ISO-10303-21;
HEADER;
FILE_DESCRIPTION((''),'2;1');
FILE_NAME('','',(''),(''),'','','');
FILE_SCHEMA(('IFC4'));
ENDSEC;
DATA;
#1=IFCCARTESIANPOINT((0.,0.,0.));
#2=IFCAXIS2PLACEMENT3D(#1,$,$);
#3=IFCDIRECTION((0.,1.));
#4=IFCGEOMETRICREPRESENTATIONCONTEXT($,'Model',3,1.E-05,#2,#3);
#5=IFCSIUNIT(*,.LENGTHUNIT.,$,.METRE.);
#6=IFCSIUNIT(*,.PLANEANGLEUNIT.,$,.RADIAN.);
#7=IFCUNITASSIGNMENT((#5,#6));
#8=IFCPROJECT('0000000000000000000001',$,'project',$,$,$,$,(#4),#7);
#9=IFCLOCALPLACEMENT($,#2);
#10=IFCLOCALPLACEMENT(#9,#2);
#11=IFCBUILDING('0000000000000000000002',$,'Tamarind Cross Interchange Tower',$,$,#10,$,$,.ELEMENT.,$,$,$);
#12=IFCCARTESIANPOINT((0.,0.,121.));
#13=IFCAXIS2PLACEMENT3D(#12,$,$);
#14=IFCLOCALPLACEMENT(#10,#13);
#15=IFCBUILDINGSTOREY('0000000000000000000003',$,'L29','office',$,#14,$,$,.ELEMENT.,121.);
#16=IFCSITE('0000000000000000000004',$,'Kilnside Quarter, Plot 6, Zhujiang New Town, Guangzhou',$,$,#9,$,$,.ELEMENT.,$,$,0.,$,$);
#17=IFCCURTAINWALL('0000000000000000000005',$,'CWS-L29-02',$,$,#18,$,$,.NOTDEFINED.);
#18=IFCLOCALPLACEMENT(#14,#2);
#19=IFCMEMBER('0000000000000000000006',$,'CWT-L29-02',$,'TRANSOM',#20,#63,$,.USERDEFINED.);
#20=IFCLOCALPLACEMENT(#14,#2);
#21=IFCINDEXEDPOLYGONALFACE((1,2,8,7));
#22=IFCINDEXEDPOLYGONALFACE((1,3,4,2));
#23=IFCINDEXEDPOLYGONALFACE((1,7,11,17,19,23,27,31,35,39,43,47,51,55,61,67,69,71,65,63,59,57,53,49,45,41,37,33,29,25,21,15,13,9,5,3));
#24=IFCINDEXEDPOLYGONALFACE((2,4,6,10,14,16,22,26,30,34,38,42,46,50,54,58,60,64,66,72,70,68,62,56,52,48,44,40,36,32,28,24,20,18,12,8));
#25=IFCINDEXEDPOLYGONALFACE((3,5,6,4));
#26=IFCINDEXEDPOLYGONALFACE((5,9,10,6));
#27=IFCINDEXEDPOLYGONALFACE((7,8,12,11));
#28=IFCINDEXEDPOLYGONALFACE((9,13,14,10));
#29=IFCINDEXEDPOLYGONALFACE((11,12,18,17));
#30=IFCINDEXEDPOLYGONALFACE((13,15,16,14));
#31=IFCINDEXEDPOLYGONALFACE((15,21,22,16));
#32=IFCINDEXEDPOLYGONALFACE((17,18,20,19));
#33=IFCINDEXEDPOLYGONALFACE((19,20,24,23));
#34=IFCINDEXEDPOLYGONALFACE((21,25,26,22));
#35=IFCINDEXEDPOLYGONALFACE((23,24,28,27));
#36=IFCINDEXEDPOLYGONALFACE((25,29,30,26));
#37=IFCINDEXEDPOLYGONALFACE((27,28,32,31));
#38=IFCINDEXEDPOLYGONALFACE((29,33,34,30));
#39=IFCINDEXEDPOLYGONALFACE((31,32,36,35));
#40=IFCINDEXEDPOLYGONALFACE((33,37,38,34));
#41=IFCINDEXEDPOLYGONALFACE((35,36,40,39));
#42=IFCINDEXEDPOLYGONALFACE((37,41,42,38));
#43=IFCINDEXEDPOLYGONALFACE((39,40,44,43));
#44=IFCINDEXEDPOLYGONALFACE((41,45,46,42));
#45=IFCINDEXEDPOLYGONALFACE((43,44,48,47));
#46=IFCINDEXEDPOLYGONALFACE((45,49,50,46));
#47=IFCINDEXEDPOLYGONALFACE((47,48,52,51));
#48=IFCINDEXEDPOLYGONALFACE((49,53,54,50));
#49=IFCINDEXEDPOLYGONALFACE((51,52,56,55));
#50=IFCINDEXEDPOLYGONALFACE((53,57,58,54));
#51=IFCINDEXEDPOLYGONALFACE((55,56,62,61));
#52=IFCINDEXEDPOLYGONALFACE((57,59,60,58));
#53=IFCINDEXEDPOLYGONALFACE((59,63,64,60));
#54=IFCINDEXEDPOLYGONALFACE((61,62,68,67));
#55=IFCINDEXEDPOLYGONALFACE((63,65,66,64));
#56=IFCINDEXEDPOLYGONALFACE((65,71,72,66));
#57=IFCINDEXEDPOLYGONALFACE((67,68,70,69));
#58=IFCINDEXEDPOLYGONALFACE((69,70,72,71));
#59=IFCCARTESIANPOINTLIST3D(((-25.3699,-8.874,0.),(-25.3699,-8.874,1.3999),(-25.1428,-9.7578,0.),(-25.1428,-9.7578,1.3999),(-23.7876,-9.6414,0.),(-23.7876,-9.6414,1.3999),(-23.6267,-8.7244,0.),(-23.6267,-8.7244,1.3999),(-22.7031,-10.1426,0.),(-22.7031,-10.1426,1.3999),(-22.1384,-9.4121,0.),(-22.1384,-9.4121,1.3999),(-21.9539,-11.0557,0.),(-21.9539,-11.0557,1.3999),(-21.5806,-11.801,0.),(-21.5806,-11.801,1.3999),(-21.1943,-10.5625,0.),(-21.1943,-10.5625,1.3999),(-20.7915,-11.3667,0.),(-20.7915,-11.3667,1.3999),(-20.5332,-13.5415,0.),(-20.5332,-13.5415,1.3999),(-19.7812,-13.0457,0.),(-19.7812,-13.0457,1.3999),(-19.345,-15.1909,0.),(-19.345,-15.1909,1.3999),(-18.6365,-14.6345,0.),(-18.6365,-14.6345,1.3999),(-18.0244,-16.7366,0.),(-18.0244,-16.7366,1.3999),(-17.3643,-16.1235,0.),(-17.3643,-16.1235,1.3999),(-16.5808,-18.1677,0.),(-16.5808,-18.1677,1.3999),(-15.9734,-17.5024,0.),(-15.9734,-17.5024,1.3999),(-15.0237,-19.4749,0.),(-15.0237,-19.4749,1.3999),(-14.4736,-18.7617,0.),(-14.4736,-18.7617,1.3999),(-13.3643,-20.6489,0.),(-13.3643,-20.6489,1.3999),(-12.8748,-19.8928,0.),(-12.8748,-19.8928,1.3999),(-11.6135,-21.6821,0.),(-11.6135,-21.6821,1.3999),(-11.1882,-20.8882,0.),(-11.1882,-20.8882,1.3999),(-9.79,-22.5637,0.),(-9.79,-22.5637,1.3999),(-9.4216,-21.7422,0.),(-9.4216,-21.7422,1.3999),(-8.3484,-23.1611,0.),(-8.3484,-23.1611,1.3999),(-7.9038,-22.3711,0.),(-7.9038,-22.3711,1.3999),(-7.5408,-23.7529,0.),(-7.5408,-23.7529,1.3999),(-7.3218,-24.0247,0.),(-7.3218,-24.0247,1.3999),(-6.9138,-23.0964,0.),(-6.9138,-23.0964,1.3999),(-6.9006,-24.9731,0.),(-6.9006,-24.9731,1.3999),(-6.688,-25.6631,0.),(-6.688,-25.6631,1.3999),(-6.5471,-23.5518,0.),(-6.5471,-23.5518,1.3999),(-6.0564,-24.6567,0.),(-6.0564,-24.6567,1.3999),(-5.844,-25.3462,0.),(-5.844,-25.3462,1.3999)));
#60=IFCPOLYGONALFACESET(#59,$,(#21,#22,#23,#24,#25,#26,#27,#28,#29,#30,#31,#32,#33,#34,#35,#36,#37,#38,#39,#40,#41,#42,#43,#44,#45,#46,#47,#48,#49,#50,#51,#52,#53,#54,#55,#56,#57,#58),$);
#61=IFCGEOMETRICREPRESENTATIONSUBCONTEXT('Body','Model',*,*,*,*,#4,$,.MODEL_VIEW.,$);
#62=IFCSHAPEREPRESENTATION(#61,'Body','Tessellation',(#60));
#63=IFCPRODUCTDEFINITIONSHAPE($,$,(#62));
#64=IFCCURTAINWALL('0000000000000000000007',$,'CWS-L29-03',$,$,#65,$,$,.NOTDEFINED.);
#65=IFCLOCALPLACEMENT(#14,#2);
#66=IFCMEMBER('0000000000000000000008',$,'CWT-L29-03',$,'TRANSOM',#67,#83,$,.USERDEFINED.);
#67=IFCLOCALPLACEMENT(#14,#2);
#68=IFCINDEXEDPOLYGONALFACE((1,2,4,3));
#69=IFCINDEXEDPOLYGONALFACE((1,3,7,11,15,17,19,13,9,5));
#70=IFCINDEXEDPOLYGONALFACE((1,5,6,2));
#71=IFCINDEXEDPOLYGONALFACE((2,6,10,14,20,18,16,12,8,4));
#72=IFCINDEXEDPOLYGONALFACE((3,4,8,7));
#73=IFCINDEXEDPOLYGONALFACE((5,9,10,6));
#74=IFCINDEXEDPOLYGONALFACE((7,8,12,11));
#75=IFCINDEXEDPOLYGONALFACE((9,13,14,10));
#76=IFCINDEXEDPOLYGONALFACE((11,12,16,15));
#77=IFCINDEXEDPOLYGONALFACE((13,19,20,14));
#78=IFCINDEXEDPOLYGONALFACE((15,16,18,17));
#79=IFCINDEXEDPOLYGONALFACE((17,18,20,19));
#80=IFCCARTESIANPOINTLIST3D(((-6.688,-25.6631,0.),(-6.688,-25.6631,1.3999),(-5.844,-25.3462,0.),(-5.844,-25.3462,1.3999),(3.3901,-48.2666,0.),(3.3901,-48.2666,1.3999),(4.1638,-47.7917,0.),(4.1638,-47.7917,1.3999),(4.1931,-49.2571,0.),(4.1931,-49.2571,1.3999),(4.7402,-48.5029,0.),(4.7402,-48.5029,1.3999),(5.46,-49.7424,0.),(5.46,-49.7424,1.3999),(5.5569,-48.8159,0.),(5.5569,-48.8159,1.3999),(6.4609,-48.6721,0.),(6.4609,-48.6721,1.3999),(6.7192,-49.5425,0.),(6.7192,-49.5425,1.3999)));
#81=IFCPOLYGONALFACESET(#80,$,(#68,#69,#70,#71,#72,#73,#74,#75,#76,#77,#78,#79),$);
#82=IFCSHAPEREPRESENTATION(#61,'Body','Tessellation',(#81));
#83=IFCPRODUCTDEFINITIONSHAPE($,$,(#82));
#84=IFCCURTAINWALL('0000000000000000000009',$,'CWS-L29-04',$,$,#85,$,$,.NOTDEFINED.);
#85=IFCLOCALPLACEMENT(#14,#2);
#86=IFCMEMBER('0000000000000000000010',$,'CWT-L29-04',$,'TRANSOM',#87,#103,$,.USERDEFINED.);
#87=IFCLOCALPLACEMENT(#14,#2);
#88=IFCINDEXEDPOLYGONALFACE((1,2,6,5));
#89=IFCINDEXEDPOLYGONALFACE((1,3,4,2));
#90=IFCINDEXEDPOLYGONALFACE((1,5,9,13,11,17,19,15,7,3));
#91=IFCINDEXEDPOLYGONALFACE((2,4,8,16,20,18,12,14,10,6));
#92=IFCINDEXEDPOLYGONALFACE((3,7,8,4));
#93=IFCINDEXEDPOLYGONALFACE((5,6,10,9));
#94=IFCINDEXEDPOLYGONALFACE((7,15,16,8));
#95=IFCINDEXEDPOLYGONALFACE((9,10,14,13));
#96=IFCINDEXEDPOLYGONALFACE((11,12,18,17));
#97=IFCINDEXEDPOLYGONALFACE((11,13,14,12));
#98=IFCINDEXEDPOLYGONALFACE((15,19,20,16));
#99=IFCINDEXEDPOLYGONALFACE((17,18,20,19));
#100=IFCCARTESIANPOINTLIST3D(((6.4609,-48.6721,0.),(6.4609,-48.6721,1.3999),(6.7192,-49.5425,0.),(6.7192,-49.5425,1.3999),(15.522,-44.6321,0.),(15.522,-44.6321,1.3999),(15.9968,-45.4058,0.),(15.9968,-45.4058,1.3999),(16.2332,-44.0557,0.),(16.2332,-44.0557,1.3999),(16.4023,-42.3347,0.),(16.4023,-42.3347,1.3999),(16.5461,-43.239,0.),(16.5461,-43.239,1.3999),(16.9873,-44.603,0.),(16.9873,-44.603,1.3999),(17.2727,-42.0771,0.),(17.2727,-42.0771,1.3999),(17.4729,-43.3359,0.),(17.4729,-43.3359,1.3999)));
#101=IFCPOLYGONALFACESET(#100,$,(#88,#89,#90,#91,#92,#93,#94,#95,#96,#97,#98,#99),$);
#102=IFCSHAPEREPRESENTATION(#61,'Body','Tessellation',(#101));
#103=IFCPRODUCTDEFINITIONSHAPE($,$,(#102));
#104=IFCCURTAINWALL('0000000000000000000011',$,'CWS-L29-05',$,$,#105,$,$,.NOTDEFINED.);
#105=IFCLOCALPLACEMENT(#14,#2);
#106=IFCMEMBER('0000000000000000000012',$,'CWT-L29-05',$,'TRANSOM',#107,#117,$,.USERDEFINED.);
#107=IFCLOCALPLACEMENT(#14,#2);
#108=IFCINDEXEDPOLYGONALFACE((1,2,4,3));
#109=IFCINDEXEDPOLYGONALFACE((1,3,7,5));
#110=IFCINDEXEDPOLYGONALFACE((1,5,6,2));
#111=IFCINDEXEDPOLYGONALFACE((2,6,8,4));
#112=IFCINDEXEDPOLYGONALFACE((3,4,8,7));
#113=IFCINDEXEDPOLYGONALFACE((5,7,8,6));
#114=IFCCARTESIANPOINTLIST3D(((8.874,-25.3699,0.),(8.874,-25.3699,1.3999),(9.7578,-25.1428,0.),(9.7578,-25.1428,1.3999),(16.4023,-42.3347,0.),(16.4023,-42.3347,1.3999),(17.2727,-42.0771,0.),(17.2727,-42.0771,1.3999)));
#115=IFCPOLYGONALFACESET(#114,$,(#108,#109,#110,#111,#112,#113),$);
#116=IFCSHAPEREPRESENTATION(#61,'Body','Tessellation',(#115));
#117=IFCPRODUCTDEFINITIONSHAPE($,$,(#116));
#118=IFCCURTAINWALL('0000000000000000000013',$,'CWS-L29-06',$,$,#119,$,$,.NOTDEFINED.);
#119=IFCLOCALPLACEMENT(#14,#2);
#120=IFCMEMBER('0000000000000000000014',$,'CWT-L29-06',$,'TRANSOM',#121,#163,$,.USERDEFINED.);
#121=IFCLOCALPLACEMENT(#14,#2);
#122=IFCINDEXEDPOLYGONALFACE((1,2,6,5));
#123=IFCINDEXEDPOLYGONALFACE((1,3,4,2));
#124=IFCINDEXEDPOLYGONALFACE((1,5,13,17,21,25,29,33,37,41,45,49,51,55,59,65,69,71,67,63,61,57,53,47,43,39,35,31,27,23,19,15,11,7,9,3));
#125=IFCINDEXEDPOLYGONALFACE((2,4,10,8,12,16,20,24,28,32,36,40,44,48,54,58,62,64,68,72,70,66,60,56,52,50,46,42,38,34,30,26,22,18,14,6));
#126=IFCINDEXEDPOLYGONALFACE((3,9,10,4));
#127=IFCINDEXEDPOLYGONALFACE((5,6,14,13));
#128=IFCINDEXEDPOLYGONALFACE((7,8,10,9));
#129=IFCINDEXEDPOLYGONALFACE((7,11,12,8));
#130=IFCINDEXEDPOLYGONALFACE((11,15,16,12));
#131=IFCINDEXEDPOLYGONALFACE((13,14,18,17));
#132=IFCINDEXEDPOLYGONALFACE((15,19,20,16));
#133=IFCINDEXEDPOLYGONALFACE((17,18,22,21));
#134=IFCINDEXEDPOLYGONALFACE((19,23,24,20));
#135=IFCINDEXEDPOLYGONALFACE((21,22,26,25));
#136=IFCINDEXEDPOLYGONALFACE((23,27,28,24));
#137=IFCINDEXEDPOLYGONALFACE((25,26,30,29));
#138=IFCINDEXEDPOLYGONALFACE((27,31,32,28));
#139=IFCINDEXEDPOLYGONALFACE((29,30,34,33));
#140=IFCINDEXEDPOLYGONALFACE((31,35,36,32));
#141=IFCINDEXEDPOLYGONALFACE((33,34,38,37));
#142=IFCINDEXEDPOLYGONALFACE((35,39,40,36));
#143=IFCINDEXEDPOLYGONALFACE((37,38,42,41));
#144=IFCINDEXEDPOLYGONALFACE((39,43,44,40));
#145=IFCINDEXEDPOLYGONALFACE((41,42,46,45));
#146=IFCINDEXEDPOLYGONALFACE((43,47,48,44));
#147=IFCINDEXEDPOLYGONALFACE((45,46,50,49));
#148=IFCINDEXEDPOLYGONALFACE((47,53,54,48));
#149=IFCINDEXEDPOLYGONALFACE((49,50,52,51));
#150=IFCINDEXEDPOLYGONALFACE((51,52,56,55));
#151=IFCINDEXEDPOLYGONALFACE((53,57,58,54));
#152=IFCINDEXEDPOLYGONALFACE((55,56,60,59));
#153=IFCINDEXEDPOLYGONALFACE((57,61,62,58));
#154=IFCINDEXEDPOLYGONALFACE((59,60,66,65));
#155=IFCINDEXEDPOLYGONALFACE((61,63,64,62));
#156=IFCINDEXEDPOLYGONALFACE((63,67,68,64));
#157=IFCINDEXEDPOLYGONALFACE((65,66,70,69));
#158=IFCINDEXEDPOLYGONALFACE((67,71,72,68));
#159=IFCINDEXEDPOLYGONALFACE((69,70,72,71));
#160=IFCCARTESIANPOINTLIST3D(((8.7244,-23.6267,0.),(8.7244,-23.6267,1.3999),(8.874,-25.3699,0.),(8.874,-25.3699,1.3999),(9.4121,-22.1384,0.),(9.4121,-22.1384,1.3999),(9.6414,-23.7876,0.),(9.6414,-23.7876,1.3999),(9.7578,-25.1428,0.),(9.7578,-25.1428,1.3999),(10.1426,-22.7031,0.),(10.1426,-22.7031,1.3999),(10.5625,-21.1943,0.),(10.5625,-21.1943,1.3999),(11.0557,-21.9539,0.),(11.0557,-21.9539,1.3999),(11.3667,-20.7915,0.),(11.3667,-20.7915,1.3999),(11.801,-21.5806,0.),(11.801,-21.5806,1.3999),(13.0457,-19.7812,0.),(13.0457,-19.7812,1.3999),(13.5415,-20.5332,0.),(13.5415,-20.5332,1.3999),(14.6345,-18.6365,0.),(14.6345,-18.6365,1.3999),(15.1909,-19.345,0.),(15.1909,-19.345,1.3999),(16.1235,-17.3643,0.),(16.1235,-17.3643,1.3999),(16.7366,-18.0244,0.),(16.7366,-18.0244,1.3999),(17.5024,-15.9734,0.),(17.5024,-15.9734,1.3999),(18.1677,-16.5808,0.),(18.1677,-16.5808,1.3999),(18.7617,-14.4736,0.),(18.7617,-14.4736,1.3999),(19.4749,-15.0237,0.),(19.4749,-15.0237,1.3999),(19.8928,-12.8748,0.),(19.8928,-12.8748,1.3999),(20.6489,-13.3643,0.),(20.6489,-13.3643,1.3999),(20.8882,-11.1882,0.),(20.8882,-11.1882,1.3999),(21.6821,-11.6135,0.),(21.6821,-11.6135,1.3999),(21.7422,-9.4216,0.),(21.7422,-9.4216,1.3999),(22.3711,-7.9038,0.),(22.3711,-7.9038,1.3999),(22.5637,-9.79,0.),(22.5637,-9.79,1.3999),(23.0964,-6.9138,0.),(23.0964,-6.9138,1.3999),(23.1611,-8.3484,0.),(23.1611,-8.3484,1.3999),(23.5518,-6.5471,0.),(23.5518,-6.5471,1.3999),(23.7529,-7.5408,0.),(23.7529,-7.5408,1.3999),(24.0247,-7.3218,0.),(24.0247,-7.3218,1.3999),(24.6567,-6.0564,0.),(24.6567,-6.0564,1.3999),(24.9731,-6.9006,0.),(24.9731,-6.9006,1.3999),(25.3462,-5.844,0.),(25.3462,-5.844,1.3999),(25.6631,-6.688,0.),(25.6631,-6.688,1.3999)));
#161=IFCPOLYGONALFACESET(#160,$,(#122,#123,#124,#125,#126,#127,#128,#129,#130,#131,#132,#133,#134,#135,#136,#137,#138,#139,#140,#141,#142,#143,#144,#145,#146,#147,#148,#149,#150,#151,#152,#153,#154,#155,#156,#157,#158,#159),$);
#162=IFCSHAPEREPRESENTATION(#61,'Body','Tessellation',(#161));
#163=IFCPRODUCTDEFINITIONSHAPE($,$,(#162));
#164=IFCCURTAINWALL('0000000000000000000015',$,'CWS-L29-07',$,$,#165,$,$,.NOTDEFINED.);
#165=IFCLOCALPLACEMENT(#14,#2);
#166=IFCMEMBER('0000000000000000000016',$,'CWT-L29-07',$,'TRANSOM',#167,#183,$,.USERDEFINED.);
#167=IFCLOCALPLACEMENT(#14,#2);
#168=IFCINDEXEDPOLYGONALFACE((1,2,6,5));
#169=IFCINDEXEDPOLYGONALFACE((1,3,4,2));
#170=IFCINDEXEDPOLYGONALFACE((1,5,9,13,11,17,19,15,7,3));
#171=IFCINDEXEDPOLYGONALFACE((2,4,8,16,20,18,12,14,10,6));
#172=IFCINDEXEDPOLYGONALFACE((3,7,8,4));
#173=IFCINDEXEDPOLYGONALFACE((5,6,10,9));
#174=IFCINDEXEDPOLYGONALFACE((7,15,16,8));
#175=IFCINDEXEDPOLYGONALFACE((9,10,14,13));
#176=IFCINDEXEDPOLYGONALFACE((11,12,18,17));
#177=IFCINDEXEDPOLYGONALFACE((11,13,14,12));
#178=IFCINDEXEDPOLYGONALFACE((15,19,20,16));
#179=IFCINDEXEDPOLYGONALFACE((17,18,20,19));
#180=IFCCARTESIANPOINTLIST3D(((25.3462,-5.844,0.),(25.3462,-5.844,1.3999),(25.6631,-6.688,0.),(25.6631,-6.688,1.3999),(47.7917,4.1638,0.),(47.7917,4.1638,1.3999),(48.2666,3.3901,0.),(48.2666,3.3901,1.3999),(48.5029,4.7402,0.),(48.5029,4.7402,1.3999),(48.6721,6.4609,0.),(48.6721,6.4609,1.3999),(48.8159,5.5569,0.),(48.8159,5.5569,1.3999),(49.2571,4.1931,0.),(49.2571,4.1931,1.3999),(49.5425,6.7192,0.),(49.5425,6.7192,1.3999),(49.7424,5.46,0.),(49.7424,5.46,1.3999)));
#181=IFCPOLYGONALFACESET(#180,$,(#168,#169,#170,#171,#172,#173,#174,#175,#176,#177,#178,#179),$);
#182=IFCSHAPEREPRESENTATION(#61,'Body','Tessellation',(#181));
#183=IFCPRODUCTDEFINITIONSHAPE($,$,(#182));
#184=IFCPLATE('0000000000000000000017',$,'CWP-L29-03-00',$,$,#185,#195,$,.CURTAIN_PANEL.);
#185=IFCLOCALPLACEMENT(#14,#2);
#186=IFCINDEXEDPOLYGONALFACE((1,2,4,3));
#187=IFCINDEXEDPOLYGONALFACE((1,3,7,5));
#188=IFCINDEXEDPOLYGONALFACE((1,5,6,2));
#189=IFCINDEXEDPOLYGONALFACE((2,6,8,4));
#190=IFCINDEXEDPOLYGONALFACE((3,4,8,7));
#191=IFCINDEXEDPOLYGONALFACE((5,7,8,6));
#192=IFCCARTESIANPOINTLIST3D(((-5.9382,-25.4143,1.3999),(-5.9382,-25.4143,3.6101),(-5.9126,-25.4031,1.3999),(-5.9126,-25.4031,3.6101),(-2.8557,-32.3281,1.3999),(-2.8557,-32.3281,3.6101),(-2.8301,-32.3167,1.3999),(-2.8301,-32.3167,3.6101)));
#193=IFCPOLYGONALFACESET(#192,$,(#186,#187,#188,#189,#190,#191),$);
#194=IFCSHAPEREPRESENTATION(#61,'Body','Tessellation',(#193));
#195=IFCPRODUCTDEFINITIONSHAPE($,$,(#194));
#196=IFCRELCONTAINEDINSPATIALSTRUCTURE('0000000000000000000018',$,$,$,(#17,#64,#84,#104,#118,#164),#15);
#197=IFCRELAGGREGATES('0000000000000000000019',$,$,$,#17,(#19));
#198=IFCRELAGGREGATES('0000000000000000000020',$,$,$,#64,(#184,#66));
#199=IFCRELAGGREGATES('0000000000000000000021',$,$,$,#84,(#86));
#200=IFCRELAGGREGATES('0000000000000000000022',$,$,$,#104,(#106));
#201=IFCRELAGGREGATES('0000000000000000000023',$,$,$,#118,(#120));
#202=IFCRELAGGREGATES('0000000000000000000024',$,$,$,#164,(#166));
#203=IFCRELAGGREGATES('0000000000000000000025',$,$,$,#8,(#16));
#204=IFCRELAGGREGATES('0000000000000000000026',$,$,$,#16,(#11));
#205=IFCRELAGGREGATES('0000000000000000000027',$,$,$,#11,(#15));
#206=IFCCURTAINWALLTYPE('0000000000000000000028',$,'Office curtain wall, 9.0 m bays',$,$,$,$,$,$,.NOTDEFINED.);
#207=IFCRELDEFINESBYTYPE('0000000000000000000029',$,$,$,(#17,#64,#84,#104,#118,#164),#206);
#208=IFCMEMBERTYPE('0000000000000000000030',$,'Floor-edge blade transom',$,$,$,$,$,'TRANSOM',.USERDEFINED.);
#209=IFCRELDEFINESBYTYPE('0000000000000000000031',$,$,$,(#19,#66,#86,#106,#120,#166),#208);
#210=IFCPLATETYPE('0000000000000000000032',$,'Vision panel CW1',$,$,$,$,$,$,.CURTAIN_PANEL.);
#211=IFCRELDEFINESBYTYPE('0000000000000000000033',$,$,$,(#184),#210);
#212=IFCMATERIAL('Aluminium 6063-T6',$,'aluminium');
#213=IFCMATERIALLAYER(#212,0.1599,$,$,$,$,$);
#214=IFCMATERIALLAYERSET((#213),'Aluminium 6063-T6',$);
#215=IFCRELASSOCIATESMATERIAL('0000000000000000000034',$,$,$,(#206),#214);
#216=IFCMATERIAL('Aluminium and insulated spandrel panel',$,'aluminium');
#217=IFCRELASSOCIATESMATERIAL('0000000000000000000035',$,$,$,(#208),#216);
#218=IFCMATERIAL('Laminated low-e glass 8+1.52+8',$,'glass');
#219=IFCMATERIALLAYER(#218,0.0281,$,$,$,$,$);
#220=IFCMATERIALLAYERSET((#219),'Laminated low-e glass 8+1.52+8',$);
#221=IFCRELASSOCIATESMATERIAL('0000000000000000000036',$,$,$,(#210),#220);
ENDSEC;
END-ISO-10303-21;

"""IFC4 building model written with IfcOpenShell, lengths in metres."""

from ifc_helpers import new_model, si_unit, direction, frame, origin, place, context, subcontext, project, spatial, polyline, outline, extrude, material, layer, layer_set, type_object, element, aggregate, save


model = new_model("IFC4")

# Units and contexts
model_context = context("Model", 3, precision=1e-05, world=origin(), true_north=direction((0.0, 1.0)))
body_context = subcontext(model_context, "Body", "Model", "MODEL_VIEW")
ifc_project = project(units=[si_unit("LENGTHUNIT", "METRE"), si_unit("PLANEANGLEUNIT", "RADIAN")], contexts=[model_context])

# Site, building, storey
site_placement = place(None, origin())
site = spatial("IfcSite", under=ifc_project, at=site_placement, Name="Kilnside Quarter, Plot 6, Zhujiang New Town, Guangzhou", CompositionType="ELEMENT", RefElevation=0.0)
building_placement = place(site_placement, origin())
building = spatial("IfcBuilding", under=site, at=building_placement, Name="Tamarind Cross Interchange Tower", CompositionType="ELEMENT")
storey_placement = place(building_placement, frame((0.0, 0.0, 121.0)))
storey = spatial("IfcBuildingStorey", under=building, at=storey_placement, Name="L29", Description="office", CompositionType="ELEMENT", Elevation=121.0)

# Curtain walls, members
ifc_material_1 = material(Name="Aluminium 6063-T6", Category="aluminium")
ifc_layer_1 = layer(ifc_material_1, 0.1599)
ifc_layer_set_1 = layer_set([ifc_layer_1], Name="Aluminium 6063-T6")
curtain_wall_type = type_object("IfcCurtainWallType", Name="Office curtain wall, 9.0 m bays", PredefinedType="NOTDEFINED", material=ifc_layer_set_1)
curtain_wall_1_placement = place(storey_placement, origin())
curtain_wall_1 = element("IfcCurtainWall", 1, at=curtain_wall_1_placement, inside=storey, type_object=curtain_wall_type, Name="CWS-L29-02", PredefinedType="NOTDEFINED")
ifc_material_2 = material(Name="Aluminium and insulated spandrel panel", Category="aluminium")
member_type = type_object("IfcMemberType", Name="Floor-edge blade transom", ElementType="TRANSOM", PredefinedType="USERDEFINED", material=ifc_material_2)
member_1_placement = place(storey_placement, origin())
member_1 = element("IfcMember", 2, at=member_1_placement, type_object=member_type, Name="CWT-L29-02", ObjectType="TRANSOM", PredefinedType="USERDEFINED", context=body_context, shape_type="SweptSolid", body=[
    extrude(outline(polyline([(-25.3699, -8.874), (-23.6267, -8.7244), (-22.1384, -9.4121), (-21.1943, -10.5625), (-20.7915, -11.3667), (-19.7812, -13.0457), (-18.6365, -14.6345), (-17.3643, -16.1235), (-15.9734, -17.5024), (-14.4736, -18.7617), (-12.8748, -19.8928), (-11.1882, -20.8882), (-9.4216, -21.7422), (-7.9038, -22.3711), (-6.9138, -23.0964), (-6.5471, -23.5518), (-6.0564, -24.6567), (-5.844, -25.3462), (-6.688, -25.6631), (-6.9006, -24.9731), (-7.3218, -24.0247), (-7.5408, -23.7529), (-8.3484, -23.1611), (-9.79, -22.5637), (-11.6135, -21.6821), (-13.3643, -20.6489), (-15.0237, -19.4749), (-16.5808, -18.1677), (-18.0244, -16.7366), (-19.345, -15.1909), (-20.5332, -13.5415), (-21.5806, -11.801), (-21.9539, -11.0557), (-22.7031, -10.1426), (-23.7876, -9.6414), (-25.1428, -9.7578), (-25.3699, -8.874)])), origin(), (0.0, 0.0, 1.0), 1.3999),
])
aggregate(curtain_wall_1, [member_1])
curtain_wall_2_placement = place(storey_placement, origin())
curtain_wall_2 = element("IfcCurtainWall", 3, at=curtain_wall_2_placement, inside=storey, type_object=curtain_wall_type, Name="CWS-L29-03", PredefinedType="NOTDEFINED")
member_2_placement = place(storey_placement, origin())
member_2 = element("IfcMember", 4, at=member_2_placement, type_object=member_type, Name="CWT-L29-03", ObjectType="TRANSOM", PredefinedType="USERDEFINED", context=body_context, shape_type="SweptSolid", body=[
    extrude(outline(polyline([(-5.844, -25.3462), (4.1638, -47.7917), (4.7402, -48.5029), (5.5569, -48.8159), (6.4609, -48.6721), (6.7192, -49.5425), (5.46, -49.7424), (4.1931, -49.2571), (3.3901, -48.2666), (-6.688, -25.6631), (-5.844, -25.3462)])), origin(), (0.0, 0.0, 1.0), 1.3999),
])
curtain_wall_3_placement = place(storey_placement, origin())
curtain_wall_3 = element("IfcCurtainWall", 5, at=curtain_wall_3_placement, inside=storey, type_object=curtain_wall_type, Name="CWS-L29-04", PredefinedType="NOTDEFINED")
member_3_placement = place(storey_placement, origin())
member_3 = element("IfcMember", 6, at=member_3_placement, type_object=member_type, Name="CWT-L29-04", ObjectType="TRANSOM", PredefinedType="USERDEFINED", context=body_context, shape_type="SweptSolid", body=[
    extrude(outline(polyline([(6.4609, -48.6721), (15.522, -44.6321), (16.2332, -44.0557), (16.5461, -43.239), (16.4023, -42.3347), (17.2727, -42.0771), (17.4729, -43.3359), (16.9873, -44.603), (15.9968, -45.4058), (6.7192, -49.5425), (6.4609, -48.6721)])), origin(), (0.0, 0.0, 1.0), 1.3999),
])
curtain_wall_4_placement = place(storey_placement, origin())
curtain_wall_4 = element("IfcCurtainWall", 7, at=curtain_wall_4_placement, inside=storey, type_object=curtain_wall_type, Name="CWS-L29-05", PredefinedType="NOTDEFINED")
member_4_placement = place(storey_placement, origin())
member_4 = element("IfcMember", 8, at=member_4_placement, type_object=member_type, Name="CWT-L29-05", ObjectType="TRANSOM", PredefinedType="USERDEFINED", context=body_context, shape_type="SweptSolid", body=[
    extrude(outline(polyline([(16.4023, -42.3347), (8.874, -25.3699), (9.7578, -25.1428), (17.2727, -42.0771), (16.4023, -42.3347)])), origin(), (0.0, 0.0, 1.0), 1.3999),
])
curtain_wall_5_placement = place(storey_placement, origin())
curtain_wall_5 = element("IfcCurtainWall", 9, at=curtain_wall_5_placement, inside=storey, type_object=curtain_wall_type, Name="CWS-L29-06", PredefinedType="NOTDEFINED")
member_5_placement = place(storey_placement, origin())
member_5 = element("IfcMember", 10, at=member_5_placement, type_object=member_type, Name="CWT-L29-06", ObjectType="TRANSOM", PredefinedType="USERDEFINED", context=body_context, shape_type="SweptSolid", body=[
    extrude(outline(polyline([(8.874, -25.3699), (8.7244, -23.6267), (9.4121, -22.1384), (10.5625, -21.1943), (11.3667, -20.7915), (13.0457, -19.7812), (14.6345, -18.6365), (16.1235, -17.3643), (17.5024, -15.9734), (18.7617, -14.4736), (19.8928, -12.8748), (20.8882, -11.1882), (21.7422, -9.4216), (22.3711, -7.9038), (23.0964, -6.9138), (23.5518, -6.5471), (24.6567, -6.0564), (25.3462, -5.844), (25.6631, -6.688), (24.9731, -6.9006), (24.0247, -7.3218), (23.7529, -7.5408), (23.1611, -8.3484), (22.5637, -9.79), (21.6821, -11.6135), (20.6489, -13.3643), (19.4749, -15.0237), (18.1677, -16.5808), (16.7366, -18.0244), (15.1909, -19.345), (13.5415, -20.5332), (11.801, -21.5806), (11.0557, -21.9539), (10.1426, -22.7031), (9.6414, -23.7876), (9.7578, -25.1428), (8.874, -25.3699)])), origin(), (0.0, 0.0, 1.0), 1.3999),
])
curtain_wall_6_placement = place(storey_placement, origin())
curtain_wall_6 = element("IfcCurtainWall", 11, at=curtain_wall_6_placement, inside=storey, type_object=curtain_wall_type, Name="CWS-L29-07", PredefinedType="NOTDEFINED")
member_6_placement = place(storey_placement, origin())
member_6 = element("IfcMember", 12, at=member_6_placement, type_object=member_type, Name="CWT-L29-07", ObjectType="TRANSOM", PredefinedType="USERDEFINED", context=body_context, shape_type="SweptSolid", body=[
    extrude(outline(polyline([(25.3462, -5.844), (47.7917, 4.1638), (48.5029, 4.7402), (48.8159, 5.5569), (48.6721, 6.4609), (49.5425, 6.7192), (49.7424, 5.46), (49.2571, 4.1931), (48.2666, 3.3901), (25.6631, -6.688), (25.3462, -5.844)])), origin(), (0.0, 0.0, 1.0), 1.3999),
])

# Plate
ifc_material_3 = material(Name="Laminated low-e glass 8+1.52+8", Category="glass")
ifc_layer_2 = layer(ifc_material_3, 0.0281)
ifc_layer_set_2 = layer_set([ifc_layer_2], Name="Laminated low-e glass 8+1.52+8")
plate_type = type_object("IfcPlateType", Name="Vision panel CW1", PredefinedType="CURTAIN_PANEL", material=ifc_layer_set_2)
plate_1_placement = place(storey_placement, frame((0.0, 0.0, 1.3999)))
plate_1 = element("IfcPlate", 13, at=plate_1_placement, type_object=plate_type, Name="CWP-L29-03-00", PredefinedType="CURTAIN_PANEL", context=body_context, shape_type="SweptSolid", body=[
    extrude(outline(polyline([(-5.9126, -25.4031), (-2.8301, -32.3167), (-2.8557, -32.3281), (-5.9382, -25.4143), (-5.9126, -25.4031)])), origin(), (0.0, 0.0, 1.0), 2.2102),
])
aggregate(curtain_wall_2, [plate_1, member_2])
aggregate(curtain_wall_3, [member_3])
aggregate(curtain_wall_4, [member_4])
aggregate(curtain_wall_5, [member_5])
aggregate(curtain_wall_6, [member_6])

save(model, "model.ifc")
